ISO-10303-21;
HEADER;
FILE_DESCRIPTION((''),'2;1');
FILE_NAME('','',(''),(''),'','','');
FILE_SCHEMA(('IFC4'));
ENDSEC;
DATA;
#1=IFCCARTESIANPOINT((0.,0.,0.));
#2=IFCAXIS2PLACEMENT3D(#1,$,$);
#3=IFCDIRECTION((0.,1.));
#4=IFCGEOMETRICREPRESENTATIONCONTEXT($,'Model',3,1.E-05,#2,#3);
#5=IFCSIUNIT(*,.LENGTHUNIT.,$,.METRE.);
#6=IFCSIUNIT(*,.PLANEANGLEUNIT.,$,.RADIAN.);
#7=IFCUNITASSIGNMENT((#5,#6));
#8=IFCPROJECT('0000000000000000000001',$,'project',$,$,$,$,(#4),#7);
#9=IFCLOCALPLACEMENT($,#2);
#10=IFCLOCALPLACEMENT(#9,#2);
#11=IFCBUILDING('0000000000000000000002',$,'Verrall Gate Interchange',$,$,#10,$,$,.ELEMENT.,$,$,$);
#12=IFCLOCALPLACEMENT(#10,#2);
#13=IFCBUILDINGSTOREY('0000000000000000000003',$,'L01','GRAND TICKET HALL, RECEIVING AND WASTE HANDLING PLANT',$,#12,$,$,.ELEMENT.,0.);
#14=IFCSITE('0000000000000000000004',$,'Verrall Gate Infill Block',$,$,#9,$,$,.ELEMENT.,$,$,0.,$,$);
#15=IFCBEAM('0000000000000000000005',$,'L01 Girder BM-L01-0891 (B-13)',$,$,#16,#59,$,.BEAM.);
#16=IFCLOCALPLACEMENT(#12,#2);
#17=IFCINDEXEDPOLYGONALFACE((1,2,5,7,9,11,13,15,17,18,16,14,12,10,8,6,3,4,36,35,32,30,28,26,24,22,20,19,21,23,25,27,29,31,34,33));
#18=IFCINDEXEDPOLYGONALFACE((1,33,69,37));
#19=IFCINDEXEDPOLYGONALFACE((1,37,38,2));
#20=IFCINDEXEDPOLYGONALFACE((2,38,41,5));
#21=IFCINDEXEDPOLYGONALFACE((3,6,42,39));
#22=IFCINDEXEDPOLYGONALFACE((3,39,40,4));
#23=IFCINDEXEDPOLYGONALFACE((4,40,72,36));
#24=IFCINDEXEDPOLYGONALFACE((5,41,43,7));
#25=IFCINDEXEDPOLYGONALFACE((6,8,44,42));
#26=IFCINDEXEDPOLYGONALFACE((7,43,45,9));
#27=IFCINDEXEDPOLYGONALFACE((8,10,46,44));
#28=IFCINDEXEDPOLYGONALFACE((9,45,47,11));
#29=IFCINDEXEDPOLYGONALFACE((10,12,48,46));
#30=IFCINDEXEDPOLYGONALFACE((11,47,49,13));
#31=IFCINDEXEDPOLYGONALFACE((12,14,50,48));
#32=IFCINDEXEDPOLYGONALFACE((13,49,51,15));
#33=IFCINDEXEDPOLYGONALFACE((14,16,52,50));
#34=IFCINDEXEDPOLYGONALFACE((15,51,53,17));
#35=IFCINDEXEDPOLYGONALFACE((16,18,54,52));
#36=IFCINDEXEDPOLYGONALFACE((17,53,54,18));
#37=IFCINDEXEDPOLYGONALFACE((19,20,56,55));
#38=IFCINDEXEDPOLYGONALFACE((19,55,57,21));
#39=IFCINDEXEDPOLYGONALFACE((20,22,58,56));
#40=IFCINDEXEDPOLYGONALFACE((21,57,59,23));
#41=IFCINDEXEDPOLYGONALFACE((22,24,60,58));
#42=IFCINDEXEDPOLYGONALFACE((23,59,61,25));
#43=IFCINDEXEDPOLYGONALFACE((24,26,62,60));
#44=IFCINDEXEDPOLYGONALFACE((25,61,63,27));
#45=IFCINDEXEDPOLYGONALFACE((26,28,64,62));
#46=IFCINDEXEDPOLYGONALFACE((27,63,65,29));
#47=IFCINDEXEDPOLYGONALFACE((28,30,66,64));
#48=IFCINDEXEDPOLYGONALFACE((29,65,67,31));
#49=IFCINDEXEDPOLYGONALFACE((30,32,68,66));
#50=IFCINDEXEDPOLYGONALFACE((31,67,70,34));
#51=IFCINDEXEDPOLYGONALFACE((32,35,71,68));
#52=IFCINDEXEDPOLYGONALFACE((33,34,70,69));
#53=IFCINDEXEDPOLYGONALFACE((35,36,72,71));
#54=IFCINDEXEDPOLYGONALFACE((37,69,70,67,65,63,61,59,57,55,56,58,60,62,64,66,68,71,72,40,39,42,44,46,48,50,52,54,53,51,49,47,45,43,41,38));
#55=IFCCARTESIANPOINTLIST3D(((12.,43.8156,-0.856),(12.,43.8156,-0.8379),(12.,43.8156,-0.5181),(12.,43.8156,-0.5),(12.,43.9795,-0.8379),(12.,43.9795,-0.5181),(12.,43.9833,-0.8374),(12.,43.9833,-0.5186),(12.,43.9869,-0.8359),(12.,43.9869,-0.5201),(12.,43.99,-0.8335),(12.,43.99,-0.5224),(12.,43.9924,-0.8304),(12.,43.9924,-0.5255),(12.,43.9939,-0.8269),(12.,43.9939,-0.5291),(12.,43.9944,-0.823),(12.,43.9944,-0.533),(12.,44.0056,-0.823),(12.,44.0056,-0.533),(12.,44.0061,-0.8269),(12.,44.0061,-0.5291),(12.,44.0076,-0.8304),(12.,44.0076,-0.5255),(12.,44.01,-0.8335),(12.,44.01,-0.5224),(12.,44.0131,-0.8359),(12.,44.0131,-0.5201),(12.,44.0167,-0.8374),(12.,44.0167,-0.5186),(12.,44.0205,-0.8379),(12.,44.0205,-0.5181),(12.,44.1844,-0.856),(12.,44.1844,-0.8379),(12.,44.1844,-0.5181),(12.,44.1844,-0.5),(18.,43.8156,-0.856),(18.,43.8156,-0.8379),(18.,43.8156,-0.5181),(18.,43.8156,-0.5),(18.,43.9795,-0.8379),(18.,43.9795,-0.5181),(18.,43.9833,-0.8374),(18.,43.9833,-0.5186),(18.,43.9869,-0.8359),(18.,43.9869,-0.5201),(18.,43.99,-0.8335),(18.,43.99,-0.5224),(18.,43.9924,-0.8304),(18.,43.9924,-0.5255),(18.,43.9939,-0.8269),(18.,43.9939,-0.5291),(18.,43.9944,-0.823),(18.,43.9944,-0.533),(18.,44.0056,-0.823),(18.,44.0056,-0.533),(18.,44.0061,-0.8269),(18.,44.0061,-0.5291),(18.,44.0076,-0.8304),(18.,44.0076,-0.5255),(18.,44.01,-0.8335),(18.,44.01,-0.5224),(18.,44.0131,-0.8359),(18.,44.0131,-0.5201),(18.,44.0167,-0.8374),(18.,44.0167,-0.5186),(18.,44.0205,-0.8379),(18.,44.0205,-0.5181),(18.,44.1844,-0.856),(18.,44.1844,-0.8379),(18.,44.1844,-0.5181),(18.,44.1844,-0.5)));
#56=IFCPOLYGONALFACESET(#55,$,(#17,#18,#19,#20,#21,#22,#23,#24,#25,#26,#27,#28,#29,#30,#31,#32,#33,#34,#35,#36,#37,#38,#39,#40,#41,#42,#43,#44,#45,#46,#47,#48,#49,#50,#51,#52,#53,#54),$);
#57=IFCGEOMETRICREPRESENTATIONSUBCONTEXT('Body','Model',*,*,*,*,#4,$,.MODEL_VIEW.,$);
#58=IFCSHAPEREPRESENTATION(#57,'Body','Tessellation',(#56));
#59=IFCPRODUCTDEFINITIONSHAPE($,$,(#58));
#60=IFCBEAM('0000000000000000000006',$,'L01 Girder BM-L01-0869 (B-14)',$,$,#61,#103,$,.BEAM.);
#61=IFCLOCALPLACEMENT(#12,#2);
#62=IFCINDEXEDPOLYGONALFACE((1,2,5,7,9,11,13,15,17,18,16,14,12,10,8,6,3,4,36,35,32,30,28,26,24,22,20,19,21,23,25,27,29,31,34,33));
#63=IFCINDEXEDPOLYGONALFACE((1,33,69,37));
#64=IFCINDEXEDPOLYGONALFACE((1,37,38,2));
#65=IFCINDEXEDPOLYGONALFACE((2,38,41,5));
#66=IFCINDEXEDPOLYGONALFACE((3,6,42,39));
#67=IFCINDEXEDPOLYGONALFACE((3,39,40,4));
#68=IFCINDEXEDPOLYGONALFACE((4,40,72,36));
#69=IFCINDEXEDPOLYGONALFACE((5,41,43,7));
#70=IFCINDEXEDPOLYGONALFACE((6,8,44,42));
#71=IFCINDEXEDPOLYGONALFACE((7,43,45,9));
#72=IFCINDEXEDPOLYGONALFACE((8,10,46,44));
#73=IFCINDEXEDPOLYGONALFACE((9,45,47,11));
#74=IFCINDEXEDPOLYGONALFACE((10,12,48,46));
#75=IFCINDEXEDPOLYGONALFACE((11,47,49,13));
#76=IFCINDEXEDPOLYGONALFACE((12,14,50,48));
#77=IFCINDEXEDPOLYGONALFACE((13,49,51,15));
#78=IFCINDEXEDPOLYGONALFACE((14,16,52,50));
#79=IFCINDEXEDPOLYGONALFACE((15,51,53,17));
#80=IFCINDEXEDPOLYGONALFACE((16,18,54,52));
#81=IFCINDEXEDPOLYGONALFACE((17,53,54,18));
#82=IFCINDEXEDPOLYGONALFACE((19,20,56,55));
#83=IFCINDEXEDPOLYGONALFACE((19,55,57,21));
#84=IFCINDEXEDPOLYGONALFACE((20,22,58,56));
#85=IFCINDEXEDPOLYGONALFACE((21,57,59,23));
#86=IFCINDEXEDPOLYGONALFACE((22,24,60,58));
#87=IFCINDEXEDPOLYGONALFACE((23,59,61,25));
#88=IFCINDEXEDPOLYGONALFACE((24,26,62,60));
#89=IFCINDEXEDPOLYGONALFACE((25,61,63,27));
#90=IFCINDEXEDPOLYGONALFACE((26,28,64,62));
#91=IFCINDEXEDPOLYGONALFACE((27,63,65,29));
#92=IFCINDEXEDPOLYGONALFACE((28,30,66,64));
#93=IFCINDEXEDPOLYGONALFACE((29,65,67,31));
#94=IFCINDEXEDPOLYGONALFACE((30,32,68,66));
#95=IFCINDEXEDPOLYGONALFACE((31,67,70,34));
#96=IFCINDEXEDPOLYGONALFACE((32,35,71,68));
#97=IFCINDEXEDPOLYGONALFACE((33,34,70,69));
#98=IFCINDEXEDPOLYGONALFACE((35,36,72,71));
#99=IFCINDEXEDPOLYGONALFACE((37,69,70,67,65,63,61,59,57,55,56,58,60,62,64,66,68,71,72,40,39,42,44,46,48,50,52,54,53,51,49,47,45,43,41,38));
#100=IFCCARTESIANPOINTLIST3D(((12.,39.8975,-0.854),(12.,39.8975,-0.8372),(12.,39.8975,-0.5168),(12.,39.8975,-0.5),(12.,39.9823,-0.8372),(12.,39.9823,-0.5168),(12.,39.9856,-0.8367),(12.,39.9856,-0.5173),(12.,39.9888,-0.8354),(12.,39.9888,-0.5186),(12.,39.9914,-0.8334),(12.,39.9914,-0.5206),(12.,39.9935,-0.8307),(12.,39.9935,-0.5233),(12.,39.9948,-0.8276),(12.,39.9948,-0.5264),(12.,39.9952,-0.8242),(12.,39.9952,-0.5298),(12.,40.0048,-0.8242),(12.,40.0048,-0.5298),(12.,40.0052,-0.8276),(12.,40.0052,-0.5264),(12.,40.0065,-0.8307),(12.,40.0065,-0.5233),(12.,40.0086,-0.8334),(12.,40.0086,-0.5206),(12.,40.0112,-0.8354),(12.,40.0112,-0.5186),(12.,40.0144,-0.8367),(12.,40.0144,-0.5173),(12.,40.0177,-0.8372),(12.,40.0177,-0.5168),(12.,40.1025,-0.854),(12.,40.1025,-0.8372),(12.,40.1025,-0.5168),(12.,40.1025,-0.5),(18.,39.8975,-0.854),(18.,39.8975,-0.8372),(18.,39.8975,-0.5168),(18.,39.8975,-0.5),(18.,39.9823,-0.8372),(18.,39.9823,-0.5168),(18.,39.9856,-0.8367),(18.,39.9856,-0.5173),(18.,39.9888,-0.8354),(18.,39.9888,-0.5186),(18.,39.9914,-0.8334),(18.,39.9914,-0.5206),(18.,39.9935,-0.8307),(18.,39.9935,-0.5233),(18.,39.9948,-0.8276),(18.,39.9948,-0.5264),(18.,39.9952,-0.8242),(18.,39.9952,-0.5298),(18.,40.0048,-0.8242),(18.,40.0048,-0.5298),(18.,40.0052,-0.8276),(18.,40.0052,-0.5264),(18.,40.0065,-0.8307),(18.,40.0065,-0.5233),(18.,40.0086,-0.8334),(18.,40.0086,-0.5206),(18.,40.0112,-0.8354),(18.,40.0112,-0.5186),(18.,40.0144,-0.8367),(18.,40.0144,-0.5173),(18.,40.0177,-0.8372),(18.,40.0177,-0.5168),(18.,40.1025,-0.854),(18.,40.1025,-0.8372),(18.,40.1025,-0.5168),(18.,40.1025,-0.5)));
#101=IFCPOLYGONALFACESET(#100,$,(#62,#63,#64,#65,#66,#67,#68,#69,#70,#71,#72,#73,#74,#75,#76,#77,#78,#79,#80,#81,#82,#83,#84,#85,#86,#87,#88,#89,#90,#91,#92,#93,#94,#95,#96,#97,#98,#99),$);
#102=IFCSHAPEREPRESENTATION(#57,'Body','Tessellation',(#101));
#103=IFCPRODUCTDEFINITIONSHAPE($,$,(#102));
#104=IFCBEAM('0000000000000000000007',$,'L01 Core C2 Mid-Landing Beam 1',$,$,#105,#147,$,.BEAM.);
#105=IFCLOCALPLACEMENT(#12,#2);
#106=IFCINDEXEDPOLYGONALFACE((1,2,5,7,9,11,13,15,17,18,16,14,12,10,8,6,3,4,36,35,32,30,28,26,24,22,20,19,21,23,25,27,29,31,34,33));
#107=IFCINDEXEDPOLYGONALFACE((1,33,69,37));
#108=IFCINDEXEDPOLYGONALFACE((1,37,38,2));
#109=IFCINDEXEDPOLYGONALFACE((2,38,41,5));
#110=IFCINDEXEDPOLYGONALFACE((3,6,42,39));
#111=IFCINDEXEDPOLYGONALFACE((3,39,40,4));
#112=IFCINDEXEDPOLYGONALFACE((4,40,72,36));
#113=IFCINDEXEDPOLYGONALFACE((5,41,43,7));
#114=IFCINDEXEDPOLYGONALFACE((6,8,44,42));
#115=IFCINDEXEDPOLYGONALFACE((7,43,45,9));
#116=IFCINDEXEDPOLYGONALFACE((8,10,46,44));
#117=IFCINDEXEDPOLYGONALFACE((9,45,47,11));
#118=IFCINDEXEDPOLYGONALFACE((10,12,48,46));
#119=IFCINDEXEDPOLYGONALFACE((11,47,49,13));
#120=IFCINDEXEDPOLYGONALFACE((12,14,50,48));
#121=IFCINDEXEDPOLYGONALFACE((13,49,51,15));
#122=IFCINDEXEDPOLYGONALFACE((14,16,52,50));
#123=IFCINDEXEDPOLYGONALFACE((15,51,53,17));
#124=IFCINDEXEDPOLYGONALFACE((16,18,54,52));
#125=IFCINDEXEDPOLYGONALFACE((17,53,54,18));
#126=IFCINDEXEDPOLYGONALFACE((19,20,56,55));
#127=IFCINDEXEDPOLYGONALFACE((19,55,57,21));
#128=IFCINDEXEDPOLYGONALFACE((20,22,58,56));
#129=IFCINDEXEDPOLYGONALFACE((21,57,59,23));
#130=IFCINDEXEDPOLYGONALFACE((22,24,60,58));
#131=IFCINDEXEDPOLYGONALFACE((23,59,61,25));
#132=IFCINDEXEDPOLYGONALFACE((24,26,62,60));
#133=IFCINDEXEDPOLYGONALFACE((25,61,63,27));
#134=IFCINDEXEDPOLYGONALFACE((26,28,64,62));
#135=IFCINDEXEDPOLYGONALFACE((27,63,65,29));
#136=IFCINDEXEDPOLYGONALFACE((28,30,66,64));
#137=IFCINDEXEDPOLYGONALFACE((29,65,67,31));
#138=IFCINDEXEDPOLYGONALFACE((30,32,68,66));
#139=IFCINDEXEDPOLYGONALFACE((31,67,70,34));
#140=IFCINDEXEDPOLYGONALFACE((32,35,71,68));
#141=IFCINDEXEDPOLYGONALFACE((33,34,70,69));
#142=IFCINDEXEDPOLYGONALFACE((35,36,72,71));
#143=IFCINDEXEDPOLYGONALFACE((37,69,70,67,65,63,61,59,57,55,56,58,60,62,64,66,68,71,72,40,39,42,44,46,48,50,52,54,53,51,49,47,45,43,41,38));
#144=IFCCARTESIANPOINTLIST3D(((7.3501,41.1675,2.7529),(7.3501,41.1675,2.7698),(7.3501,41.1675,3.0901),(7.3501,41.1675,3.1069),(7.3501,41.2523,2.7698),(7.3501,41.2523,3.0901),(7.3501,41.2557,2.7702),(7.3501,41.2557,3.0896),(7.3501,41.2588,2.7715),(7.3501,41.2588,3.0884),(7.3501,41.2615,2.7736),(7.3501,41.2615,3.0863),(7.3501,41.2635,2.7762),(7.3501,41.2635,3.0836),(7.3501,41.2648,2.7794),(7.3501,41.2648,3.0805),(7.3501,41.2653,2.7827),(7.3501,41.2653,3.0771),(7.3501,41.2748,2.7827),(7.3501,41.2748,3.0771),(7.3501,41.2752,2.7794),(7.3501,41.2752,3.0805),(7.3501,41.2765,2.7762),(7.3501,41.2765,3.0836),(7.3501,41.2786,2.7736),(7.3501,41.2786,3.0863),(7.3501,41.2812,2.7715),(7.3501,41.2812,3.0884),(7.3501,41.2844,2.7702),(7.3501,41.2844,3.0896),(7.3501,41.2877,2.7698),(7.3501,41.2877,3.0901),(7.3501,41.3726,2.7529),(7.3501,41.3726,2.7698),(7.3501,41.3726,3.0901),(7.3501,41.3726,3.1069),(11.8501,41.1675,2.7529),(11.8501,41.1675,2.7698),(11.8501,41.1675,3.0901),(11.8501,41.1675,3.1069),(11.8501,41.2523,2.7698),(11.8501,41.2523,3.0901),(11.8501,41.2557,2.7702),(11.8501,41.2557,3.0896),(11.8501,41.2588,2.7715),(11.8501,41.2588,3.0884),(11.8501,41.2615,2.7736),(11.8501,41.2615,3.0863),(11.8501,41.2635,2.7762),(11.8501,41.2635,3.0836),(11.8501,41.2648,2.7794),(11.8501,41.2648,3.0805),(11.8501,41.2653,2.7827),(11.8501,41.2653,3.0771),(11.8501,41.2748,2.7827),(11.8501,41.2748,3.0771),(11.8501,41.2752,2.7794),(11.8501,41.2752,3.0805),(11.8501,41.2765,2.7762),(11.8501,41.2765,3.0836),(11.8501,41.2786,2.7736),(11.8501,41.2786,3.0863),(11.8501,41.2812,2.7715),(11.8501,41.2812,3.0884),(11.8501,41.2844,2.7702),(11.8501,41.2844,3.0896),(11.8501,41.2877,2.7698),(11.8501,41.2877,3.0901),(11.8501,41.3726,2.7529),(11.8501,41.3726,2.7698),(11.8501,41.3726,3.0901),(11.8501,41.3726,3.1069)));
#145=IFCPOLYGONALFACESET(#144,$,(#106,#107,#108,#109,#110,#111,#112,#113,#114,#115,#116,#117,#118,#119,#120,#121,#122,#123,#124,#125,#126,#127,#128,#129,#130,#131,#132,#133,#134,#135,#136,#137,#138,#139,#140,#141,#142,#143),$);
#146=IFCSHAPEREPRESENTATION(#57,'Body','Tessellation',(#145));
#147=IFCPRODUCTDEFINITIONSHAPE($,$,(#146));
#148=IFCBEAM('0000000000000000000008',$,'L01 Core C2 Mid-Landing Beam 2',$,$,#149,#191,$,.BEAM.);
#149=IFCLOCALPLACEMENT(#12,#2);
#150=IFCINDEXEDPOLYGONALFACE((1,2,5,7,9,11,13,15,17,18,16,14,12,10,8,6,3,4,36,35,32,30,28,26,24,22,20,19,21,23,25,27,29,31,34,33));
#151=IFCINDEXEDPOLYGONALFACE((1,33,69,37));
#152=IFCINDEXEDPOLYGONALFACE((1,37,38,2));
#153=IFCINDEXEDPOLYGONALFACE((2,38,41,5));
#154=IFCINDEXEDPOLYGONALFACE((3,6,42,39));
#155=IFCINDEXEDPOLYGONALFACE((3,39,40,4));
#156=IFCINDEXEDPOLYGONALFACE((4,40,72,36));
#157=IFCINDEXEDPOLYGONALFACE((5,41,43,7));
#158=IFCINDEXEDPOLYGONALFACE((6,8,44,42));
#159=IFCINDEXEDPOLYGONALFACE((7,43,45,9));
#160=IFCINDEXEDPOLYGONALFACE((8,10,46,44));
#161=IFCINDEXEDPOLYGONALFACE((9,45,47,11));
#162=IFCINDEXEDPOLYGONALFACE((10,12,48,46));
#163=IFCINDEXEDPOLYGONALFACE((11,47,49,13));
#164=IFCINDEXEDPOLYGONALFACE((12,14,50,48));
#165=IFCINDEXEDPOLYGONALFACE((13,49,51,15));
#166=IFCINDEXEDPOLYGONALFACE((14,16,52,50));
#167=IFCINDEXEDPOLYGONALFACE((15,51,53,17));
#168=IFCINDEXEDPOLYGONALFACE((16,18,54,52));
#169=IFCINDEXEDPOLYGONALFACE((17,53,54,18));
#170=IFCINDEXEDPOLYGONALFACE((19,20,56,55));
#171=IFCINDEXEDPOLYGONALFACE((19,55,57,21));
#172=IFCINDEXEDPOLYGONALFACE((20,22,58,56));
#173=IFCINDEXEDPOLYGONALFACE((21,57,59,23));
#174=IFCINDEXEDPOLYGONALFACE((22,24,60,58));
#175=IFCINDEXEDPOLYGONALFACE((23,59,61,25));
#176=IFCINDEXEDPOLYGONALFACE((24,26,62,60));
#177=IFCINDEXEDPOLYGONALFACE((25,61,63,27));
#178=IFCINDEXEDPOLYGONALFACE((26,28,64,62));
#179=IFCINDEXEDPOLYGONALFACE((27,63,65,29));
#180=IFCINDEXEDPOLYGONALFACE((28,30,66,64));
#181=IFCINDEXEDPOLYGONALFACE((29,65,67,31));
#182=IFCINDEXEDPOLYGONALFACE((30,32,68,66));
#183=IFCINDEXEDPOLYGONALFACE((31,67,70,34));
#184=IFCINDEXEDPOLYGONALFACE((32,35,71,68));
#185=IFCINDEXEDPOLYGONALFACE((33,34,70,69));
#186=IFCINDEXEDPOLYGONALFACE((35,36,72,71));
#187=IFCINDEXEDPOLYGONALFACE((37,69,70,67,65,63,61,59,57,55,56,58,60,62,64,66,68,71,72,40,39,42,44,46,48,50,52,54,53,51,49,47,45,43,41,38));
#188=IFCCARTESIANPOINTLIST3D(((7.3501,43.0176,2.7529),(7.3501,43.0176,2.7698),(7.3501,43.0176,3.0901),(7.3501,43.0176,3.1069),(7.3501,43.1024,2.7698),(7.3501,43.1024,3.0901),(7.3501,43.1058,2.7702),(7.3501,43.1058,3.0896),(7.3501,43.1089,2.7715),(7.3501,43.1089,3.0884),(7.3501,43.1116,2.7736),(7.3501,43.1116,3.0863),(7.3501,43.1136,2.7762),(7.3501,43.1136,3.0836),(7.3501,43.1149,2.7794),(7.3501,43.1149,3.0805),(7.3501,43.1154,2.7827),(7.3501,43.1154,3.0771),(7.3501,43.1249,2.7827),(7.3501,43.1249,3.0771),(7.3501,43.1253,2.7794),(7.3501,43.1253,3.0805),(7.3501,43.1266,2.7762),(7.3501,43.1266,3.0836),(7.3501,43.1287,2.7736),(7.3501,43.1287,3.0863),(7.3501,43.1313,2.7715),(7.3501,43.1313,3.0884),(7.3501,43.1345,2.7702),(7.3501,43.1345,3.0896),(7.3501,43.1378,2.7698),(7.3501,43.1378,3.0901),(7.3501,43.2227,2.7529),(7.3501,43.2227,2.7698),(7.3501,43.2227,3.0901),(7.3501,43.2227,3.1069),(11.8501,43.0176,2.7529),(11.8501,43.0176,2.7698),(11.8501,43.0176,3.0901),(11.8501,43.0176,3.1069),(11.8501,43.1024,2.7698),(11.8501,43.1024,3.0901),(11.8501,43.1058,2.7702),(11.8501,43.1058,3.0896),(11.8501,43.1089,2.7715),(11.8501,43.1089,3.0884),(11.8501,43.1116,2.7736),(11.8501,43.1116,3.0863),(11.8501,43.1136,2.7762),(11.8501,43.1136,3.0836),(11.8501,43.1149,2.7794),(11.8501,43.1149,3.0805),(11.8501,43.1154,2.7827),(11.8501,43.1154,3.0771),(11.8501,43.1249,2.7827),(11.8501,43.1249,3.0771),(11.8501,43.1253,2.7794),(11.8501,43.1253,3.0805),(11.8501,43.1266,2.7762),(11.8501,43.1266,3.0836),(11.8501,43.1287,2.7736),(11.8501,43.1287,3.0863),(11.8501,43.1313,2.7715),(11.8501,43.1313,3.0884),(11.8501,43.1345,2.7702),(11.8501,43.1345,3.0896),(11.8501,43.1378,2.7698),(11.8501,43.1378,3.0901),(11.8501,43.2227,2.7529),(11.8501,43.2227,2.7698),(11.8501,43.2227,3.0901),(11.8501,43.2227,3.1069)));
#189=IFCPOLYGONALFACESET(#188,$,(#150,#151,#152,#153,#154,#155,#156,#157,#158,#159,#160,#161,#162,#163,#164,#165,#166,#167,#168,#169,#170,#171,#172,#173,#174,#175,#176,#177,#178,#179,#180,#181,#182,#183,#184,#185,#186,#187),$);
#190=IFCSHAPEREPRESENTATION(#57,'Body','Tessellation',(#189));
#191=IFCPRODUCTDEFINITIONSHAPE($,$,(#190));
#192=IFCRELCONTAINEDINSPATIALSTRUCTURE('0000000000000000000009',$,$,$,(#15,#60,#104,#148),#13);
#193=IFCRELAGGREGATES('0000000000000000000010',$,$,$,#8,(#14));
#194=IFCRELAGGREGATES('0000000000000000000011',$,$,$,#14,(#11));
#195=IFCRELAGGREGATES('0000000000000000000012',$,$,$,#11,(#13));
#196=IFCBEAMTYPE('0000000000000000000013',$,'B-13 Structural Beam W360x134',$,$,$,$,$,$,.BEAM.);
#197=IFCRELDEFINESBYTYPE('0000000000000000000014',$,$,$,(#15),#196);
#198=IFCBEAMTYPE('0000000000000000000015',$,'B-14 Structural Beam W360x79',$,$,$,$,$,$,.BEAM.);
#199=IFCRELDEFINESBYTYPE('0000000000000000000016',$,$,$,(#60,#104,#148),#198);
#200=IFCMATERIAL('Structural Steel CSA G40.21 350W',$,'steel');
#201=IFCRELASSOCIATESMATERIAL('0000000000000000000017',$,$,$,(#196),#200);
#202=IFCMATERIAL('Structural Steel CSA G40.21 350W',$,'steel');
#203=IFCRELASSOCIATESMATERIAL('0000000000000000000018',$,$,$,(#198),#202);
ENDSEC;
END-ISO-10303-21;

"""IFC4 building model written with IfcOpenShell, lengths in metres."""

from ifc_helpers import new_model, si_unit, direction, frame, origin, origin_2d, place, context, subcontext, project, spatial, i_section, extrude, material, material_profile, profile_set, type_object, element, save


model = new_model("IFC4")

# Units and contexts
model_context = context("Model", 3, precision=1e-05, world=origin(), true_north=direction((0.0, 1.0)))
body_context = subcontext(model_context, "Body", "Model", "MODEL_VIEW")
ifc_project = project(units=[si_unit("LENGTHUNIT", "METRE"), si_unit("PLANEANGLEUNIT", "RADIAN")], contexts=[model_context])

# Site, building, storey
site_placement = place(None, origin())
site = spatial("IfcSite", under=ifc_project, at=site_placement, Name="Verrall Gate Infill Block", CompositionType="ELEMENT", RefElevation=0.0)
building_placement = place(site_placement, origin())
building = spatial("IfcBuilding", under=site, at=building_placement, Name="Verrall Gate Interchange", CompositionType="ELEMENT")
storey_placement = place(building_placement, origin())
storey = spatial("IfcBuildingStorey", under=building, at=storey_placement, Name="L01", Description="GRAND TICKET HALL, RECEIVING AND WASTE HANDLING PLANT", CompositionType="ELEMENT", Elevation=0.0)

# Beams
ifc_material_1 = material(Name="Structural Steel CSA G40.21 350W", Category="steel")
ifc_material_profile_1 = material_profile(ifc_material_1, i_section(OverallWidth=0.3689, OverallDepth=0.356, WebThickness=0.0112, FlangeThickness=0.0181, FilletRadius=0.0149, at=origin_2d()), Name="W360x134")
ifc_profile_set_1 = profile_set([ifc_material_profile_1], Name="Structural Steel CSA G40.21 350W")
beam_type_1 = type_object("IfcBeamType", Name="B-13 Structural Beam W360x134", PredefinedType="BEAM", material=ifc_profile_set_1)
beam_1_placement = place(storey_placement, frame((12.0, 44.0, -0.678), z_axis=(1.0, 0.0, 0.0), x_axis=(0.0, 1.0, 0.0)))
element("IfcBeam", 1, at=beam_1_placement, inside=storey, type_object=beam_type_1, Name="L01 Girder BM-L01-0891 (B-13)", PredefinedType="BEAM", context=body_context, shape_type="SweptSolid", body=[
    extrude(i_section(OverallWidth=0.3689, OverallDepth=0.356, WebThickness=0.0112, FlangeThickness=0.0181, FilletRadius=0.0149, at=origin_2d()), origin(), (0.0, 0.0, 1.0), 6.0),
])
ifc_material_2 = material(Name="Structural Steel CSA G40.21 350W", Category="steel")
ifc_material_profile_2 = material_profile(ifc_material_2, i_section(OverallWidth=0.2051, OverallDepth=0.354, WebThickness=0.0095, FlangeThickness=0.0168, FilletRadius=0.0129, at=origin_2d()), Name="W360x79")
ifc_profile_set_2 = profile_set([ifc_material_profile_2], Name="Structural Steel CSA G40.21 350W")
beam_type_2 = type_object("IfcBeamType", Name="B-14 Structural Beam W360x79", PredefinedType="BEAM", material=ifc_profile_set_2)
beam_2_placement = place(storey_placement, frame((12.0, 40.0, -0.677), z_axis=(1.0, 0.0, 0.0), x_axis=(0.0, 1.0, 0.0)))
element("IfcBeam", 2, at=beam_2_placement, inside=storey, type_object=beam_type_2, Name="L01 Girder BM-L01-0869 (B-14)", PredefinedType="BEAM", context=body_context, shape_type="SweptSolid", body=[
    extrude(i_section(OverallWidth=0.2051, OverallDepth=0.354, WebThickness=0.0095, FlangeThickness=0.0168, FilletRadius=0.0129, at=origin_2d()), origin(), (0.0, 0.0, 1.0), 6.0),
])
for number, where, z_axis, x_axis, name in (
    (3, (7.3501, 41.27, 2.9299), (1.0, 0.0, 0.0), (0.0, 1.0, 0.0), "L01 Core C2 Mid-Landing Beam 1"),
    (4, (7.3501, 43.1201, 2.9299), (1.0, 0.0, 0.0), (0.0, 1.0, 0.0), "L01 Core C2 Mid-Landing Beam 2"),
):
    element("IfcBeam", number, at=place(storey_placement, frame(where, z_axis=z_axis, x_axis=x_axis)), inside=storey, type_object=beam_type_2, Name=name, PredefinedType="BEAM", context=body_context, shape_type="SweptSolid", body=[
        extrude(i_section(OverallWidth=0.2051, OverallDepth=0.354, WebThickness=0.0095, FlangeThickness=0.0168, FilletRadius=0.0129, at=origin_2d()), origin(), (0.0, 0.0, 1.0), 4.5),
    ])

save(model, "model.ifc")
